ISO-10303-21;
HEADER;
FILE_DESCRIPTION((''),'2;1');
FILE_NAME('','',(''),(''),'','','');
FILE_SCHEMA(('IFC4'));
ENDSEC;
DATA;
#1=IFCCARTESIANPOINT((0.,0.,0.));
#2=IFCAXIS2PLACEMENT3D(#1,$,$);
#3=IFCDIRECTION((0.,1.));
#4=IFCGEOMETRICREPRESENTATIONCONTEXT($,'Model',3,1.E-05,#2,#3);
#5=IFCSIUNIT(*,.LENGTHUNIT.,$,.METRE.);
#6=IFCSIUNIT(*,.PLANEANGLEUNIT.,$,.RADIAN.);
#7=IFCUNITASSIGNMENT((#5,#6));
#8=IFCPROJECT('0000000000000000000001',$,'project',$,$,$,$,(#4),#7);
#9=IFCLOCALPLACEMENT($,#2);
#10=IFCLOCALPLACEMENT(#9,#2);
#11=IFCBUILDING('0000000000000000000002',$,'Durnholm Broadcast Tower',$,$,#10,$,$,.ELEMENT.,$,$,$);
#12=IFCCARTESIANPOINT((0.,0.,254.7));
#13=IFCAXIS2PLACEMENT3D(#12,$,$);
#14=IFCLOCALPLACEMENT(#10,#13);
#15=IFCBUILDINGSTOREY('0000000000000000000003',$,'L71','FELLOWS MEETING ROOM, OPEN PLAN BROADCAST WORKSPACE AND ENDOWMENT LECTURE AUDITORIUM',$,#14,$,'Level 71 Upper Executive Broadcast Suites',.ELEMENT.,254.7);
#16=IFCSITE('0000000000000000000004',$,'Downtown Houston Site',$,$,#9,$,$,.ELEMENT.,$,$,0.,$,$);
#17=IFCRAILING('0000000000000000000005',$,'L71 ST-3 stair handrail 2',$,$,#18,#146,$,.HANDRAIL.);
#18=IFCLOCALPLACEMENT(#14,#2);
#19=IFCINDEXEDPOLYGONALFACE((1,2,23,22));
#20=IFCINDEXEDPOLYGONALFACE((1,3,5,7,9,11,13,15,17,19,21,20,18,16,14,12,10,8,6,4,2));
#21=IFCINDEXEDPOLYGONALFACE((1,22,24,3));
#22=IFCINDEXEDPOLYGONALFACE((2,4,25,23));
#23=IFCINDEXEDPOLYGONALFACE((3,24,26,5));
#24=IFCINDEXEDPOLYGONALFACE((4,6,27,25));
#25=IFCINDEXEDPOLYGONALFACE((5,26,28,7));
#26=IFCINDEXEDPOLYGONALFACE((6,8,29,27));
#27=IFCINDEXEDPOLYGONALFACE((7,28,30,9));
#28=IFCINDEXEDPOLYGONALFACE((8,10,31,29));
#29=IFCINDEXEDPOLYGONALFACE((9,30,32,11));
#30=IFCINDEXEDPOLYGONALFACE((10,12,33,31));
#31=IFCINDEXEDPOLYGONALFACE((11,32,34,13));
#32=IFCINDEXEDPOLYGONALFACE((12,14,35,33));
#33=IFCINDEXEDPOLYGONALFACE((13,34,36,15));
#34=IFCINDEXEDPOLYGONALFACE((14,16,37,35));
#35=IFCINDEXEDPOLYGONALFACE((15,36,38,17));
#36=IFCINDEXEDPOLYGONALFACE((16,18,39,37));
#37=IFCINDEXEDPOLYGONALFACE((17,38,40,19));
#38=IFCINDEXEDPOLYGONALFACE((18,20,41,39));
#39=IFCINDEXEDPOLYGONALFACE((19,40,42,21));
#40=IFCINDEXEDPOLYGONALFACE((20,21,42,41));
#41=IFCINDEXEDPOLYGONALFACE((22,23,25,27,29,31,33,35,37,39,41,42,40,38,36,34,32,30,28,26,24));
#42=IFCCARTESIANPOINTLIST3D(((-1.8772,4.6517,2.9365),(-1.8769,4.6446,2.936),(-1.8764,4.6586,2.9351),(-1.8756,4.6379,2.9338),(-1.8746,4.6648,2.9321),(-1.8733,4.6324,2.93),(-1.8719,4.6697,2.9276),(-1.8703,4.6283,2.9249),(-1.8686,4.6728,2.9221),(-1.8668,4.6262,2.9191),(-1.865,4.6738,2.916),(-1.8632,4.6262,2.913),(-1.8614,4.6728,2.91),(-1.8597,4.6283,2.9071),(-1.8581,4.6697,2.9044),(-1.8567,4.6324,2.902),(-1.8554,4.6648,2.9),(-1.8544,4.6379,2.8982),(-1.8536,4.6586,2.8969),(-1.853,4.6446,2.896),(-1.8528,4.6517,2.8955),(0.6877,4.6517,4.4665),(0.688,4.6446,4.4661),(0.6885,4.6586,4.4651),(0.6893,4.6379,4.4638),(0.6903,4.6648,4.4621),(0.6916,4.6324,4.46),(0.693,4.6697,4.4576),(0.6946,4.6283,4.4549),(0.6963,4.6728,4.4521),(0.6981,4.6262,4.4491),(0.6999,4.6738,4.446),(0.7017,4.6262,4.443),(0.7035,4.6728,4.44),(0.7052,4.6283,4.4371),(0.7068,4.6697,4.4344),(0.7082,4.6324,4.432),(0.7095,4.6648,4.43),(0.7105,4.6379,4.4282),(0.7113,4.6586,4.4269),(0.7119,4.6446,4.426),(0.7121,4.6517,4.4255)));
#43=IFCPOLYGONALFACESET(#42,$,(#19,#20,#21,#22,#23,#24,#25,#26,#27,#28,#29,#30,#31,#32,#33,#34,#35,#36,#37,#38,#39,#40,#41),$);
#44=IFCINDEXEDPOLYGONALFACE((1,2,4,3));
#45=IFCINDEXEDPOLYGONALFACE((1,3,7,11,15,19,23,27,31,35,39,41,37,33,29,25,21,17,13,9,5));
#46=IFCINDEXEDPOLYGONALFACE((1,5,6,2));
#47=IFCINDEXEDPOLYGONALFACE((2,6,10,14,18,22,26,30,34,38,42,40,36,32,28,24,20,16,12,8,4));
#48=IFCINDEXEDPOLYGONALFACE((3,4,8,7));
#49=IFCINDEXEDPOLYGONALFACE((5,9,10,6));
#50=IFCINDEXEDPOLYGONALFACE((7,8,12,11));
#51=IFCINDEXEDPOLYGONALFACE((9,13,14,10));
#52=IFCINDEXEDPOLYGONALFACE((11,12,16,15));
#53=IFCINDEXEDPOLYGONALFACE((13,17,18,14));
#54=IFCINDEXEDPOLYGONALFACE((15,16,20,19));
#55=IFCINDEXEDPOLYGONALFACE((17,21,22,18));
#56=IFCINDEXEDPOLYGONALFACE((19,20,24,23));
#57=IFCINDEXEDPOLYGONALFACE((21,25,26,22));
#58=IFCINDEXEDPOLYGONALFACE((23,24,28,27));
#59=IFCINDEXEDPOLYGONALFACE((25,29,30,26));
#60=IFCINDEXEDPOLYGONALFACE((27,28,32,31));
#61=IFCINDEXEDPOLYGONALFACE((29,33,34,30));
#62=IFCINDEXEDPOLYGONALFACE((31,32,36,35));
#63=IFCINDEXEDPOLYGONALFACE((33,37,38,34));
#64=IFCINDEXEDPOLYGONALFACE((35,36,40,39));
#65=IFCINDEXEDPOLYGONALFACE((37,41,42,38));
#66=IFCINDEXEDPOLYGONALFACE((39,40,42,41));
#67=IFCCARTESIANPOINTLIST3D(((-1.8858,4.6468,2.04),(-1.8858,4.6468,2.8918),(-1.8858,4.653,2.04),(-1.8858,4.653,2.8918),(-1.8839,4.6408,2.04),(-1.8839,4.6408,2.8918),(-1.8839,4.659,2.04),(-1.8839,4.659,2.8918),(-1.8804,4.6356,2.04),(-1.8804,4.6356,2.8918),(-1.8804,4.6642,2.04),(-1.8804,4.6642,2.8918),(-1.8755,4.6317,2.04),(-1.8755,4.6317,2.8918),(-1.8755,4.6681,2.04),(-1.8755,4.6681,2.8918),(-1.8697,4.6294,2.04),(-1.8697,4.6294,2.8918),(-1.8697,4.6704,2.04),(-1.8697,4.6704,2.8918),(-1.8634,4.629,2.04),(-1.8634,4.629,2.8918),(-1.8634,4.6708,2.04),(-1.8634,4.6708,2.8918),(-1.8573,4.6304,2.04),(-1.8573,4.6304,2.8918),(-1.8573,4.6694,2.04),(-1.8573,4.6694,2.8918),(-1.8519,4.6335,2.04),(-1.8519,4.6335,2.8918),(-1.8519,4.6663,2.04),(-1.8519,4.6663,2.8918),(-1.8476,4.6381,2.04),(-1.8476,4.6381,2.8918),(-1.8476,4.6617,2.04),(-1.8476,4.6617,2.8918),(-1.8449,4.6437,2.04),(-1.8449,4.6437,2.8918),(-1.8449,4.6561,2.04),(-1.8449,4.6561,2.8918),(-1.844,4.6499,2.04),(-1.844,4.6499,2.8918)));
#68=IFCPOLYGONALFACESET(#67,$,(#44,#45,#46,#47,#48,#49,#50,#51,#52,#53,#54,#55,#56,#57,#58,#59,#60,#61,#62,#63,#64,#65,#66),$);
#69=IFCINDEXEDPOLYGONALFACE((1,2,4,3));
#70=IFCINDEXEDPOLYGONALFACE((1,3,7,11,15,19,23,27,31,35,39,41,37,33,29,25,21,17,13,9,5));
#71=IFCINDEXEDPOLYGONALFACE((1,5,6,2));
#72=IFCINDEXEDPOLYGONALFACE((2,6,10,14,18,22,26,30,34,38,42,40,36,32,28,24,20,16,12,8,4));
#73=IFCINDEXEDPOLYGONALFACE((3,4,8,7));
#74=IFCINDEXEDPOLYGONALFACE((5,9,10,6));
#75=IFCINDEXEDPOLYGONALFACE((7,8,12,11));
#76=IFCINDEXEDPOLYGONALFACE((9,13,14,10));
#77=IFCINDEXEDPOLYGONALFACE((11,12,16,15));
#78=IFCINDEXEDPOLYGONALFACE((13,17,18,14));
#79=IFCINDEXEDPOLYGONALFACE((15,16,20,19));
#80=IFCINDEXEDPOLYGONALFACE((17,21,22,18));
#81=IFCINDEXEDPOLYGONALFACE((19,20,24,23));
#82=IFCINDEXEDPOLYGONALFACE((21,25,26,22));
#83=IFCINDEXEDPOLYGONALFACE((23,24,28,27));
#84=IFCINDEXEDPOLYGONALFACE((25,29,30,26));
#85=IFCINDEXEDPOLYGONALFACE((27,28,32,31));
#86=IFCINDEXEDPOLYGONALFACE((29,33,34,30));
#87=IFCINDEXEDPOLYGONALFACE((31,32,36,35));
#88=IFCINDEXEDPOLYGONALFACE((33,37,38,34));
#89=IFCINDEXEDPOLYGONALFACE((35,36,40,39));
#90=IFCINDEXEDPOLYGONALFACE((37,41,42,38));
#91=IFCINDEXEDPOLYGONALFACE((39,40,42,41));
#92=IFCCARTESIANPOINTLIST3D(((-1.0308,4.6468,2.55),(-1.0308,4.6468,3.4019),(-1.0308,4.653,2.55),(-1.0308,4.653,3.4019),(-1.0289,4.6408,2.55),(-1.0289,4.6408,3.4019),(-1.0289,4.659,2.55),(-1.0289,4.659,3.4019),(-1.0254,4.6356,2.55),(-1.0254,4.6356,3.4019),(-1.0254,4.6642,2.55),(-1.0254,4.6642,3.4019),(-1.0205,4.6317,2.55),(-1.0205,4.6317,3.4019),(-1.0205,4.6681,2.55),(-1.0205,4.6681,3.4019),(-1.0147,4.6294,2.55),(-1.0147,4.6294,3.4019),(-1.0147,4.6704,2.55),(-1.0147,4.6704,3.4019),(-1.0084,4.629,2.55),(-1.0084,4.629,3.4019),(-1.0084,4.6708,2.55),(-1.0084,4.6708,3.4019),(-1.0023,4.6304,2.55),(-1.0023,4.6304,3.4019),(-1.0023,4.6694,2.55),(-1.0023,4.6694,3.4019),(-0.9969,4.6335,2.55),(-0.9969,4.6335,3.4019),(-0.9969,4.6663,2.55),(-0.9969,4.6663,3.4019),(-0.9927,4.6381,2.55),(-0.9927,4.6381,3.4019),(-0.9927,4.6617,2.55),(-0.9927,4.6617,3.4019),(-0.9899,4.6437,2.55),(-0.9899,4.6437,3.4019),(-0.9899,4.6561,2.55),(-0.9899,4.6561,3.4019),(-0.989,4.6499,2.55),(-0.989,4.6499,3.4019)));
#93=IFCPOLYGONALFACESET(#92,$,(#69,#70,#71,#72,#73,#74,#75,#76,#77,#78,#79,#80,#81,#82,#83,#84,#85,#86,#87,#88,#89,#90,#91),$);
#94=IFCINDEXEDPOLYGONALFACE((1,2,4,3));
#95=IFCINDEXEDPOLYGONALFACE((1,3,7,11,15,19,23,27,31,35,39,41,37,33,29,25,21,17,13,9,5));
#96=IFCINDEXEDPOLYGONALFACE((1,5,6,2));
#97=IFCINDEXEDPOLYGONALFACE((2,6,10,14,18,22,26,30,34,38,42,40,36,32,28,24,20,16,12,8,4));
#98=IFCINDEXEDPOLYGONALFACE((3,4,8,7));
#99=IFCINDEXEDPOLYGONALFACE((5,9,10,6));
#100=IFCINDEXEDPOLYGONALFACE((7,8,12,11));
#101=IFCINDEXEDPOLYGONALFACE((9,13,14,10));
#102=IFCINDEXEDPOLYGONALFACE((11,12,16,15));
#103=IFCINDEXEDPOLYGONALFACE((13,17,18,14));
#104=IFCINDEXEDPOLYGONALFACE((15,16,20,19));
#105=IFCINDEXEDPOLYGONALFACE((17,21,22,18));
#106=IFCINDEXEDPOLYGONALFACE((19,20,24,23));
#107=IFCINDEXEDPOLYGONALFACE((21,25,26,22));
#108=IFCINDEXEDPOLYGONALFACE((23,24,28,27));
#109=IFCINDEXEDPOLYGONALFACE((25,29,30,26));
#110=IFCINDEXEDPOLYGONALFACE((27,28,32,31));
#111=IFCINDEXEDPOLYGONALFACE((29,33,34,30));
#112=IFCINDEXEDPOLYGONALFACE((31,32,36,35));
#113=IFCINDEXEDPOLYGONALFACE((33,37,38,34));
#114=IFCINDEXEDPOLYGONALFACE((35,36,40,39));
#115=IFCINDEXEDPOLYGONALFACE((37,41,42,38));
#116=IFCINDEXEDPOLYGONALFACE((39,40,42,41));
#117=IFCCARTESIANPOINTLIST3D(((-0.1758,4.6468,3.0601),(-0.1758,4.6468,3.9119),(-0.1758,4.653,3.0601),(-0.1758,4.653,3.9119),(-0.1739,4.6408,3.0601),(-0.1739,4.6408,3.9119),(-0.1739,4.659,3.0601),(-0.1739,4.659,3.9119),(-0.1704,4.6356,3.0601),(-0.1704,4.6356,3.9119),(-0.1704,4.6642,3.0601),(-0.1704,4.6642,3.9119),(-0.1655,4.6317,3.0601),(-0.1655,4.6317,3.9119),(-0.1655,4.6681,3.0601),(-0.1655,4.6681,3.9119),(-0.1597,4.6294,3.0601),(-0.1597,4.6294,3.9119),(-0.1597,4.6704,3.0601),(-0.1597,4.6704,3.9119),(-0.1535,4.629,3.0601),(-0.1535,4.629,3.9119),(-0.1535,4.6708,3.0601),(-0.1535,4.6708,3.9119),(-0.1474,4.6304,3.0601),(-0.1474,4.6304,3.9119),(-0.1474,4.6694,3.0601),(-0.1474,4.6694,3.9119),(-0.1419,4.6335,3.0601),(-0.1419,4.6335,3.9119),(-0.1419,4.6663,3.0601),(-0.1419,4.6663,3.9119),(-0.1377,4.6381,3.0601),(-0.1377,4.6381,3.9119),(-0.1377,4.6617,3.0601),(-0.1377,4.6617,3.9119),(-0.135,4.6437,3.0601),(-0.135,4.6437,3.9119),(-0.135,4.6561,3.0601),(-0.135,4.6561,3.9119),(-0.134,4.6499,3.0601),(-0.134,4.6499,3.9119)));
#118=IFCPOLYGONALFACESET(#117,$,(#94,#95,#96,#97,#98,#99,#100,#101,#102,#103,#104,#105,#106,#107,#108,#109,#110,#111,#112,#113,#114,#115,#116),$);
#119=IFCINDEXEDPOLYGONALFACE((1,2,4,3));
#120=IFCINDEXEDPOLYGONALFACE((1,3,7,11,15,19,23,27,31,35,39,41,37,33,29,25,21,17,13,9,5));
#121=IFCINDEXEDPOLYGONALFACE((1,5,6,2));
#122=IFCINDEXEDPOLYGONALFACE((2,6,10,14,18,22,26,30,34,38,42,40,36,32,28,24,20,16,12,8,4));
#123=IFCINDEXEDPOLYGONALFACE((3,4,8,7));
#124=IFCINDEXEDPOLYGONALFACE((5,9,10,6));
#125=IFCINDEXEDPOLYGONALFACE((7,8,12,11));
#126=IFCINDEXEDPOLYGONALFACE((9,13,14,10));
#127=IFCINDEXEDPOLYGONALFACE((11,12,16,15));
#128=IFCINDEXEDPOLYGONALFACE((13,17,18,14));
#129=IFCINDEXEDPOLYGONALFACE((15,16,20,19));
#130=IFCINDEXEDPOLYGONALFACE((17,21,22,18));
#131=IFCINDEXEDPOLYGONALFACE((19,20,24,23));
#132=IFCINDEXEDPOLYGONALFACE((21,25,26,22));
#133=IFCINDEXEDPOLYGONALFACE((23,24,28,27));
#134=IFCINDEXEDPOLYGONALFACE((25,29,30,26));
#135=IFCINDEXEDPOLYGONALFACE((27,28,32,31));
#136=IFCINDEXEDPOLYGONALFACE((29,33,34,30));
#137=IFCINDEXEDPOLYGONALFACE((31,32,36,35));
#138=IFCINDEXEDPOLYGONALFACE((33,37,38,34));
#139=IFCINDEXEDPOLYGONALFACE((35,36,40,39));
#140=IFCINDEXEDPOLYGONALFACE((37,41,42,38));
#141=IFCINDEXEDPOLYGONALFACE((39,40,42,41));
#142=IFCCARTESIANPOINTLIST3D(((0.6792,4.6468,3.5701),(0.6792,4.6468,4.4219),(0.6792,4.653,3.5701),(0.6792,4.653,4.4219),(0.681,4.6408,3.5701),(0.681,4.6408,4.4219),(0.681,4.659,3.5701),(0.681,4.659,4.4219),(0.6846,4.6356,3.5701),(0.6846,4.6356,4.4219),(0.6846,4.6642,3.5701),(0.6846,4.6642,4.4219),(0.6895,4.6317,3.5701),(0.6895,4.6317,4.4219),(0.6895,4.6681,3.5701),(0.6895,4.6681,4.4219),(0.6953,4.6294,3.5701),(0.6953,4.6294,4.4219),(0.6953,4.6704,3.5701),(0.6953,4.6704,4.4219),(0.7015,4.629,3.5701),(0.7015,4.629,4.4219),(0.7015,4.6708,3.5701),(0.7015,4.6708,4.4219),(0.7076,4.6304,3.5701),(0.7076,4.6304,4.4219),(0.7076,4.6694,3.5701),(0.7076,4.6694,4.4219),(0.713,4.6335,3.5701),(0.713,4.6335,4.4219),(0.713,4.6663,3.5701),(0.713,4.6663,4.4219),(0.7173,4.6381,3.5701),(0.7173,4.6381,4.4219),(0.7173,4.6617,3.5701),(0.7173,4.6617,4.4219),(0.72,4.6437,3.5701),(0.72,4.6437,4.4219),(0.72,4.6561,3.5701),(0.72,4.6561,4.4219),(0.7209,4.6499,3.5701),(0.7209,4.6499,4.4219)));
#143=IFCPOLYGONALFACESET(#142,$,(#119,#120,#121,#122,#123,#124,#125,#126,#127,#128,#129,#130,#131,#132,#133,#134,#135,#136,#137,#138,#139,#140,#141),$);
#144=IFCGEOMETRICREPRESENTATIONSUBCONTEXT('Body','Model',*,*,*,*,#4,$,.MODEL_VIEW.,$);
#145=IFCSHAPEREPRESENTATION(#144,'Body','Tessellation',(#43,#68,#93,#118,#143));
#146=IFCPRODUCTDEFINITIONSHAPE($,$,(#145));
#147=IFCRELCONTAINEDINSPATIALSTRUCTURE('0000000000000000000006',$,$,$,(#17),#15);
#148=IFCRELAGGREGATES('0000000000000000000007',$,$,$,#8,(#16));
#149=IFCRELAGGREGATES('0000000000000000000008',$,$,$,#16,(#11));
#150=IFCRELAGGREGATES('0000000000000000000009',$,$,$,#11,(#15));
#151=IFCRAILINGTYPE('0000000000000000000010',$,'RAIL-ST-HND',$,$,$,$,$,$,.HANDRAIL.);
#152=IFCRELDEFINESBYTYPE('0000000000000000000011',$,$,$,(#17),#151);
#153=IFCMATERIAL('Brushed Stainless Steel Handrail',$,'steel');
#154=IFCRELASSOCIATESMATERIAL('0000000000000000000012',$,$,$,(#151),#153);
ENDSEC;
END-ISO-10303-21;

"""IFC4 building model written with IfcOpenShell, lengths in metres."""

from ifc_helpers import new_model, si_unit, direction, frame, origin, origin_2d, place, context, subcontext, project, spatial, circle, extrude, material, type_object, element, save


model = new_model("IFC4")

# Units and contexts
model_context = context("Model", 3, precision=1e-05, world=origin(), true_north=direction((0.0, 1.0)))
body_context = subcontext(model_context, "Body", "Model", "MODEL_VIEW")
ifc_project = project(units=[si_unit("LENGTHUNIT", "METRE"), si_unit("PLANEANGLEUNIT", "RADIAN")], contexts=[model_context])

# Site, building, storey
site_placement = place(None, origin())
site = spatial("IfcSite", under=ifc_project, at=site_placement, Name="Downtown Houston Site", CompositionType="ELEMENT", RefElevation=0.0)
building_placement = place(site_placement, origin())
building = spatial("IfcBuilding", under=site, at=building_placement, Name="Durnholm Broadcast Tower", CompositionType="ELEMENT")
storey_placement = place(building_placement, frame((0.0, 0.0, 254.7)))
storey = spatial("IfcBuildingStorey", under=building, at=storey_placement, Name="L71", Description="FELLOWS MEETING ROOM, OPEN PLAN BROADCAST WORKSPACE AND ENDOWMENT LECTURE AUDITORIUM", LongName="Level 71 Upper Executive Broadcast Suites", CompositionType="ELEMENT", Elevation=254.7)

# Railing
ifc_material_1 = material(Name="Brushed Stainless Steel Handrail", Category="steel")
railing_type_1 = type_object("IfcRailingType", Name="RAIL-ST-HND", PredefinedType="HANDRAIL", material=ifc_material_1)
railing_1_placement = place(storey_placement, frame((-1.865, 4.6499, 2.04)))
element("IfcRailing", 1, at=railing_1_placement, inside=storey, type_object=railing_type_1, Name="L71 ST-3 stair handrail 2", PredefinedType="HANDRAIL", context=body_context, shape_type="SweptSolid", body=[
    extrude(circle(Radius=0.0239, at=origin_2d()), frame((0.0, 0.0, 0.876), z_axis=(0.85881, 0.0, 0.512294), x_axis=(0.0, 1.0, 0.0)), (0.0, 0.0, 1.0), 2.9866),
    extrude(circle(Radius=0.021, at=origin_2d()), origin(), (0.0, 0.0, 1.0), 0.8518),
    extrude(circle(Radius=0.021, at=origin_2d()), frame((0.855, 0.0, 0.51)), (0.0, 0.0, 1.0), 0.8518),
    extrude(circle(Radius=0.021, at=origin_2d()), frame((1.71, 0.0, 1.02)), (0.0, 0.0, 1.0), 0.8518),
    extrude(circle(Radius=0.021, at=origin_2d()), frame((2.5649, 0.0, 1.53)), (0.0, 0.0, 1.0), 0.8518),
])

save(model, "model.ifc")
